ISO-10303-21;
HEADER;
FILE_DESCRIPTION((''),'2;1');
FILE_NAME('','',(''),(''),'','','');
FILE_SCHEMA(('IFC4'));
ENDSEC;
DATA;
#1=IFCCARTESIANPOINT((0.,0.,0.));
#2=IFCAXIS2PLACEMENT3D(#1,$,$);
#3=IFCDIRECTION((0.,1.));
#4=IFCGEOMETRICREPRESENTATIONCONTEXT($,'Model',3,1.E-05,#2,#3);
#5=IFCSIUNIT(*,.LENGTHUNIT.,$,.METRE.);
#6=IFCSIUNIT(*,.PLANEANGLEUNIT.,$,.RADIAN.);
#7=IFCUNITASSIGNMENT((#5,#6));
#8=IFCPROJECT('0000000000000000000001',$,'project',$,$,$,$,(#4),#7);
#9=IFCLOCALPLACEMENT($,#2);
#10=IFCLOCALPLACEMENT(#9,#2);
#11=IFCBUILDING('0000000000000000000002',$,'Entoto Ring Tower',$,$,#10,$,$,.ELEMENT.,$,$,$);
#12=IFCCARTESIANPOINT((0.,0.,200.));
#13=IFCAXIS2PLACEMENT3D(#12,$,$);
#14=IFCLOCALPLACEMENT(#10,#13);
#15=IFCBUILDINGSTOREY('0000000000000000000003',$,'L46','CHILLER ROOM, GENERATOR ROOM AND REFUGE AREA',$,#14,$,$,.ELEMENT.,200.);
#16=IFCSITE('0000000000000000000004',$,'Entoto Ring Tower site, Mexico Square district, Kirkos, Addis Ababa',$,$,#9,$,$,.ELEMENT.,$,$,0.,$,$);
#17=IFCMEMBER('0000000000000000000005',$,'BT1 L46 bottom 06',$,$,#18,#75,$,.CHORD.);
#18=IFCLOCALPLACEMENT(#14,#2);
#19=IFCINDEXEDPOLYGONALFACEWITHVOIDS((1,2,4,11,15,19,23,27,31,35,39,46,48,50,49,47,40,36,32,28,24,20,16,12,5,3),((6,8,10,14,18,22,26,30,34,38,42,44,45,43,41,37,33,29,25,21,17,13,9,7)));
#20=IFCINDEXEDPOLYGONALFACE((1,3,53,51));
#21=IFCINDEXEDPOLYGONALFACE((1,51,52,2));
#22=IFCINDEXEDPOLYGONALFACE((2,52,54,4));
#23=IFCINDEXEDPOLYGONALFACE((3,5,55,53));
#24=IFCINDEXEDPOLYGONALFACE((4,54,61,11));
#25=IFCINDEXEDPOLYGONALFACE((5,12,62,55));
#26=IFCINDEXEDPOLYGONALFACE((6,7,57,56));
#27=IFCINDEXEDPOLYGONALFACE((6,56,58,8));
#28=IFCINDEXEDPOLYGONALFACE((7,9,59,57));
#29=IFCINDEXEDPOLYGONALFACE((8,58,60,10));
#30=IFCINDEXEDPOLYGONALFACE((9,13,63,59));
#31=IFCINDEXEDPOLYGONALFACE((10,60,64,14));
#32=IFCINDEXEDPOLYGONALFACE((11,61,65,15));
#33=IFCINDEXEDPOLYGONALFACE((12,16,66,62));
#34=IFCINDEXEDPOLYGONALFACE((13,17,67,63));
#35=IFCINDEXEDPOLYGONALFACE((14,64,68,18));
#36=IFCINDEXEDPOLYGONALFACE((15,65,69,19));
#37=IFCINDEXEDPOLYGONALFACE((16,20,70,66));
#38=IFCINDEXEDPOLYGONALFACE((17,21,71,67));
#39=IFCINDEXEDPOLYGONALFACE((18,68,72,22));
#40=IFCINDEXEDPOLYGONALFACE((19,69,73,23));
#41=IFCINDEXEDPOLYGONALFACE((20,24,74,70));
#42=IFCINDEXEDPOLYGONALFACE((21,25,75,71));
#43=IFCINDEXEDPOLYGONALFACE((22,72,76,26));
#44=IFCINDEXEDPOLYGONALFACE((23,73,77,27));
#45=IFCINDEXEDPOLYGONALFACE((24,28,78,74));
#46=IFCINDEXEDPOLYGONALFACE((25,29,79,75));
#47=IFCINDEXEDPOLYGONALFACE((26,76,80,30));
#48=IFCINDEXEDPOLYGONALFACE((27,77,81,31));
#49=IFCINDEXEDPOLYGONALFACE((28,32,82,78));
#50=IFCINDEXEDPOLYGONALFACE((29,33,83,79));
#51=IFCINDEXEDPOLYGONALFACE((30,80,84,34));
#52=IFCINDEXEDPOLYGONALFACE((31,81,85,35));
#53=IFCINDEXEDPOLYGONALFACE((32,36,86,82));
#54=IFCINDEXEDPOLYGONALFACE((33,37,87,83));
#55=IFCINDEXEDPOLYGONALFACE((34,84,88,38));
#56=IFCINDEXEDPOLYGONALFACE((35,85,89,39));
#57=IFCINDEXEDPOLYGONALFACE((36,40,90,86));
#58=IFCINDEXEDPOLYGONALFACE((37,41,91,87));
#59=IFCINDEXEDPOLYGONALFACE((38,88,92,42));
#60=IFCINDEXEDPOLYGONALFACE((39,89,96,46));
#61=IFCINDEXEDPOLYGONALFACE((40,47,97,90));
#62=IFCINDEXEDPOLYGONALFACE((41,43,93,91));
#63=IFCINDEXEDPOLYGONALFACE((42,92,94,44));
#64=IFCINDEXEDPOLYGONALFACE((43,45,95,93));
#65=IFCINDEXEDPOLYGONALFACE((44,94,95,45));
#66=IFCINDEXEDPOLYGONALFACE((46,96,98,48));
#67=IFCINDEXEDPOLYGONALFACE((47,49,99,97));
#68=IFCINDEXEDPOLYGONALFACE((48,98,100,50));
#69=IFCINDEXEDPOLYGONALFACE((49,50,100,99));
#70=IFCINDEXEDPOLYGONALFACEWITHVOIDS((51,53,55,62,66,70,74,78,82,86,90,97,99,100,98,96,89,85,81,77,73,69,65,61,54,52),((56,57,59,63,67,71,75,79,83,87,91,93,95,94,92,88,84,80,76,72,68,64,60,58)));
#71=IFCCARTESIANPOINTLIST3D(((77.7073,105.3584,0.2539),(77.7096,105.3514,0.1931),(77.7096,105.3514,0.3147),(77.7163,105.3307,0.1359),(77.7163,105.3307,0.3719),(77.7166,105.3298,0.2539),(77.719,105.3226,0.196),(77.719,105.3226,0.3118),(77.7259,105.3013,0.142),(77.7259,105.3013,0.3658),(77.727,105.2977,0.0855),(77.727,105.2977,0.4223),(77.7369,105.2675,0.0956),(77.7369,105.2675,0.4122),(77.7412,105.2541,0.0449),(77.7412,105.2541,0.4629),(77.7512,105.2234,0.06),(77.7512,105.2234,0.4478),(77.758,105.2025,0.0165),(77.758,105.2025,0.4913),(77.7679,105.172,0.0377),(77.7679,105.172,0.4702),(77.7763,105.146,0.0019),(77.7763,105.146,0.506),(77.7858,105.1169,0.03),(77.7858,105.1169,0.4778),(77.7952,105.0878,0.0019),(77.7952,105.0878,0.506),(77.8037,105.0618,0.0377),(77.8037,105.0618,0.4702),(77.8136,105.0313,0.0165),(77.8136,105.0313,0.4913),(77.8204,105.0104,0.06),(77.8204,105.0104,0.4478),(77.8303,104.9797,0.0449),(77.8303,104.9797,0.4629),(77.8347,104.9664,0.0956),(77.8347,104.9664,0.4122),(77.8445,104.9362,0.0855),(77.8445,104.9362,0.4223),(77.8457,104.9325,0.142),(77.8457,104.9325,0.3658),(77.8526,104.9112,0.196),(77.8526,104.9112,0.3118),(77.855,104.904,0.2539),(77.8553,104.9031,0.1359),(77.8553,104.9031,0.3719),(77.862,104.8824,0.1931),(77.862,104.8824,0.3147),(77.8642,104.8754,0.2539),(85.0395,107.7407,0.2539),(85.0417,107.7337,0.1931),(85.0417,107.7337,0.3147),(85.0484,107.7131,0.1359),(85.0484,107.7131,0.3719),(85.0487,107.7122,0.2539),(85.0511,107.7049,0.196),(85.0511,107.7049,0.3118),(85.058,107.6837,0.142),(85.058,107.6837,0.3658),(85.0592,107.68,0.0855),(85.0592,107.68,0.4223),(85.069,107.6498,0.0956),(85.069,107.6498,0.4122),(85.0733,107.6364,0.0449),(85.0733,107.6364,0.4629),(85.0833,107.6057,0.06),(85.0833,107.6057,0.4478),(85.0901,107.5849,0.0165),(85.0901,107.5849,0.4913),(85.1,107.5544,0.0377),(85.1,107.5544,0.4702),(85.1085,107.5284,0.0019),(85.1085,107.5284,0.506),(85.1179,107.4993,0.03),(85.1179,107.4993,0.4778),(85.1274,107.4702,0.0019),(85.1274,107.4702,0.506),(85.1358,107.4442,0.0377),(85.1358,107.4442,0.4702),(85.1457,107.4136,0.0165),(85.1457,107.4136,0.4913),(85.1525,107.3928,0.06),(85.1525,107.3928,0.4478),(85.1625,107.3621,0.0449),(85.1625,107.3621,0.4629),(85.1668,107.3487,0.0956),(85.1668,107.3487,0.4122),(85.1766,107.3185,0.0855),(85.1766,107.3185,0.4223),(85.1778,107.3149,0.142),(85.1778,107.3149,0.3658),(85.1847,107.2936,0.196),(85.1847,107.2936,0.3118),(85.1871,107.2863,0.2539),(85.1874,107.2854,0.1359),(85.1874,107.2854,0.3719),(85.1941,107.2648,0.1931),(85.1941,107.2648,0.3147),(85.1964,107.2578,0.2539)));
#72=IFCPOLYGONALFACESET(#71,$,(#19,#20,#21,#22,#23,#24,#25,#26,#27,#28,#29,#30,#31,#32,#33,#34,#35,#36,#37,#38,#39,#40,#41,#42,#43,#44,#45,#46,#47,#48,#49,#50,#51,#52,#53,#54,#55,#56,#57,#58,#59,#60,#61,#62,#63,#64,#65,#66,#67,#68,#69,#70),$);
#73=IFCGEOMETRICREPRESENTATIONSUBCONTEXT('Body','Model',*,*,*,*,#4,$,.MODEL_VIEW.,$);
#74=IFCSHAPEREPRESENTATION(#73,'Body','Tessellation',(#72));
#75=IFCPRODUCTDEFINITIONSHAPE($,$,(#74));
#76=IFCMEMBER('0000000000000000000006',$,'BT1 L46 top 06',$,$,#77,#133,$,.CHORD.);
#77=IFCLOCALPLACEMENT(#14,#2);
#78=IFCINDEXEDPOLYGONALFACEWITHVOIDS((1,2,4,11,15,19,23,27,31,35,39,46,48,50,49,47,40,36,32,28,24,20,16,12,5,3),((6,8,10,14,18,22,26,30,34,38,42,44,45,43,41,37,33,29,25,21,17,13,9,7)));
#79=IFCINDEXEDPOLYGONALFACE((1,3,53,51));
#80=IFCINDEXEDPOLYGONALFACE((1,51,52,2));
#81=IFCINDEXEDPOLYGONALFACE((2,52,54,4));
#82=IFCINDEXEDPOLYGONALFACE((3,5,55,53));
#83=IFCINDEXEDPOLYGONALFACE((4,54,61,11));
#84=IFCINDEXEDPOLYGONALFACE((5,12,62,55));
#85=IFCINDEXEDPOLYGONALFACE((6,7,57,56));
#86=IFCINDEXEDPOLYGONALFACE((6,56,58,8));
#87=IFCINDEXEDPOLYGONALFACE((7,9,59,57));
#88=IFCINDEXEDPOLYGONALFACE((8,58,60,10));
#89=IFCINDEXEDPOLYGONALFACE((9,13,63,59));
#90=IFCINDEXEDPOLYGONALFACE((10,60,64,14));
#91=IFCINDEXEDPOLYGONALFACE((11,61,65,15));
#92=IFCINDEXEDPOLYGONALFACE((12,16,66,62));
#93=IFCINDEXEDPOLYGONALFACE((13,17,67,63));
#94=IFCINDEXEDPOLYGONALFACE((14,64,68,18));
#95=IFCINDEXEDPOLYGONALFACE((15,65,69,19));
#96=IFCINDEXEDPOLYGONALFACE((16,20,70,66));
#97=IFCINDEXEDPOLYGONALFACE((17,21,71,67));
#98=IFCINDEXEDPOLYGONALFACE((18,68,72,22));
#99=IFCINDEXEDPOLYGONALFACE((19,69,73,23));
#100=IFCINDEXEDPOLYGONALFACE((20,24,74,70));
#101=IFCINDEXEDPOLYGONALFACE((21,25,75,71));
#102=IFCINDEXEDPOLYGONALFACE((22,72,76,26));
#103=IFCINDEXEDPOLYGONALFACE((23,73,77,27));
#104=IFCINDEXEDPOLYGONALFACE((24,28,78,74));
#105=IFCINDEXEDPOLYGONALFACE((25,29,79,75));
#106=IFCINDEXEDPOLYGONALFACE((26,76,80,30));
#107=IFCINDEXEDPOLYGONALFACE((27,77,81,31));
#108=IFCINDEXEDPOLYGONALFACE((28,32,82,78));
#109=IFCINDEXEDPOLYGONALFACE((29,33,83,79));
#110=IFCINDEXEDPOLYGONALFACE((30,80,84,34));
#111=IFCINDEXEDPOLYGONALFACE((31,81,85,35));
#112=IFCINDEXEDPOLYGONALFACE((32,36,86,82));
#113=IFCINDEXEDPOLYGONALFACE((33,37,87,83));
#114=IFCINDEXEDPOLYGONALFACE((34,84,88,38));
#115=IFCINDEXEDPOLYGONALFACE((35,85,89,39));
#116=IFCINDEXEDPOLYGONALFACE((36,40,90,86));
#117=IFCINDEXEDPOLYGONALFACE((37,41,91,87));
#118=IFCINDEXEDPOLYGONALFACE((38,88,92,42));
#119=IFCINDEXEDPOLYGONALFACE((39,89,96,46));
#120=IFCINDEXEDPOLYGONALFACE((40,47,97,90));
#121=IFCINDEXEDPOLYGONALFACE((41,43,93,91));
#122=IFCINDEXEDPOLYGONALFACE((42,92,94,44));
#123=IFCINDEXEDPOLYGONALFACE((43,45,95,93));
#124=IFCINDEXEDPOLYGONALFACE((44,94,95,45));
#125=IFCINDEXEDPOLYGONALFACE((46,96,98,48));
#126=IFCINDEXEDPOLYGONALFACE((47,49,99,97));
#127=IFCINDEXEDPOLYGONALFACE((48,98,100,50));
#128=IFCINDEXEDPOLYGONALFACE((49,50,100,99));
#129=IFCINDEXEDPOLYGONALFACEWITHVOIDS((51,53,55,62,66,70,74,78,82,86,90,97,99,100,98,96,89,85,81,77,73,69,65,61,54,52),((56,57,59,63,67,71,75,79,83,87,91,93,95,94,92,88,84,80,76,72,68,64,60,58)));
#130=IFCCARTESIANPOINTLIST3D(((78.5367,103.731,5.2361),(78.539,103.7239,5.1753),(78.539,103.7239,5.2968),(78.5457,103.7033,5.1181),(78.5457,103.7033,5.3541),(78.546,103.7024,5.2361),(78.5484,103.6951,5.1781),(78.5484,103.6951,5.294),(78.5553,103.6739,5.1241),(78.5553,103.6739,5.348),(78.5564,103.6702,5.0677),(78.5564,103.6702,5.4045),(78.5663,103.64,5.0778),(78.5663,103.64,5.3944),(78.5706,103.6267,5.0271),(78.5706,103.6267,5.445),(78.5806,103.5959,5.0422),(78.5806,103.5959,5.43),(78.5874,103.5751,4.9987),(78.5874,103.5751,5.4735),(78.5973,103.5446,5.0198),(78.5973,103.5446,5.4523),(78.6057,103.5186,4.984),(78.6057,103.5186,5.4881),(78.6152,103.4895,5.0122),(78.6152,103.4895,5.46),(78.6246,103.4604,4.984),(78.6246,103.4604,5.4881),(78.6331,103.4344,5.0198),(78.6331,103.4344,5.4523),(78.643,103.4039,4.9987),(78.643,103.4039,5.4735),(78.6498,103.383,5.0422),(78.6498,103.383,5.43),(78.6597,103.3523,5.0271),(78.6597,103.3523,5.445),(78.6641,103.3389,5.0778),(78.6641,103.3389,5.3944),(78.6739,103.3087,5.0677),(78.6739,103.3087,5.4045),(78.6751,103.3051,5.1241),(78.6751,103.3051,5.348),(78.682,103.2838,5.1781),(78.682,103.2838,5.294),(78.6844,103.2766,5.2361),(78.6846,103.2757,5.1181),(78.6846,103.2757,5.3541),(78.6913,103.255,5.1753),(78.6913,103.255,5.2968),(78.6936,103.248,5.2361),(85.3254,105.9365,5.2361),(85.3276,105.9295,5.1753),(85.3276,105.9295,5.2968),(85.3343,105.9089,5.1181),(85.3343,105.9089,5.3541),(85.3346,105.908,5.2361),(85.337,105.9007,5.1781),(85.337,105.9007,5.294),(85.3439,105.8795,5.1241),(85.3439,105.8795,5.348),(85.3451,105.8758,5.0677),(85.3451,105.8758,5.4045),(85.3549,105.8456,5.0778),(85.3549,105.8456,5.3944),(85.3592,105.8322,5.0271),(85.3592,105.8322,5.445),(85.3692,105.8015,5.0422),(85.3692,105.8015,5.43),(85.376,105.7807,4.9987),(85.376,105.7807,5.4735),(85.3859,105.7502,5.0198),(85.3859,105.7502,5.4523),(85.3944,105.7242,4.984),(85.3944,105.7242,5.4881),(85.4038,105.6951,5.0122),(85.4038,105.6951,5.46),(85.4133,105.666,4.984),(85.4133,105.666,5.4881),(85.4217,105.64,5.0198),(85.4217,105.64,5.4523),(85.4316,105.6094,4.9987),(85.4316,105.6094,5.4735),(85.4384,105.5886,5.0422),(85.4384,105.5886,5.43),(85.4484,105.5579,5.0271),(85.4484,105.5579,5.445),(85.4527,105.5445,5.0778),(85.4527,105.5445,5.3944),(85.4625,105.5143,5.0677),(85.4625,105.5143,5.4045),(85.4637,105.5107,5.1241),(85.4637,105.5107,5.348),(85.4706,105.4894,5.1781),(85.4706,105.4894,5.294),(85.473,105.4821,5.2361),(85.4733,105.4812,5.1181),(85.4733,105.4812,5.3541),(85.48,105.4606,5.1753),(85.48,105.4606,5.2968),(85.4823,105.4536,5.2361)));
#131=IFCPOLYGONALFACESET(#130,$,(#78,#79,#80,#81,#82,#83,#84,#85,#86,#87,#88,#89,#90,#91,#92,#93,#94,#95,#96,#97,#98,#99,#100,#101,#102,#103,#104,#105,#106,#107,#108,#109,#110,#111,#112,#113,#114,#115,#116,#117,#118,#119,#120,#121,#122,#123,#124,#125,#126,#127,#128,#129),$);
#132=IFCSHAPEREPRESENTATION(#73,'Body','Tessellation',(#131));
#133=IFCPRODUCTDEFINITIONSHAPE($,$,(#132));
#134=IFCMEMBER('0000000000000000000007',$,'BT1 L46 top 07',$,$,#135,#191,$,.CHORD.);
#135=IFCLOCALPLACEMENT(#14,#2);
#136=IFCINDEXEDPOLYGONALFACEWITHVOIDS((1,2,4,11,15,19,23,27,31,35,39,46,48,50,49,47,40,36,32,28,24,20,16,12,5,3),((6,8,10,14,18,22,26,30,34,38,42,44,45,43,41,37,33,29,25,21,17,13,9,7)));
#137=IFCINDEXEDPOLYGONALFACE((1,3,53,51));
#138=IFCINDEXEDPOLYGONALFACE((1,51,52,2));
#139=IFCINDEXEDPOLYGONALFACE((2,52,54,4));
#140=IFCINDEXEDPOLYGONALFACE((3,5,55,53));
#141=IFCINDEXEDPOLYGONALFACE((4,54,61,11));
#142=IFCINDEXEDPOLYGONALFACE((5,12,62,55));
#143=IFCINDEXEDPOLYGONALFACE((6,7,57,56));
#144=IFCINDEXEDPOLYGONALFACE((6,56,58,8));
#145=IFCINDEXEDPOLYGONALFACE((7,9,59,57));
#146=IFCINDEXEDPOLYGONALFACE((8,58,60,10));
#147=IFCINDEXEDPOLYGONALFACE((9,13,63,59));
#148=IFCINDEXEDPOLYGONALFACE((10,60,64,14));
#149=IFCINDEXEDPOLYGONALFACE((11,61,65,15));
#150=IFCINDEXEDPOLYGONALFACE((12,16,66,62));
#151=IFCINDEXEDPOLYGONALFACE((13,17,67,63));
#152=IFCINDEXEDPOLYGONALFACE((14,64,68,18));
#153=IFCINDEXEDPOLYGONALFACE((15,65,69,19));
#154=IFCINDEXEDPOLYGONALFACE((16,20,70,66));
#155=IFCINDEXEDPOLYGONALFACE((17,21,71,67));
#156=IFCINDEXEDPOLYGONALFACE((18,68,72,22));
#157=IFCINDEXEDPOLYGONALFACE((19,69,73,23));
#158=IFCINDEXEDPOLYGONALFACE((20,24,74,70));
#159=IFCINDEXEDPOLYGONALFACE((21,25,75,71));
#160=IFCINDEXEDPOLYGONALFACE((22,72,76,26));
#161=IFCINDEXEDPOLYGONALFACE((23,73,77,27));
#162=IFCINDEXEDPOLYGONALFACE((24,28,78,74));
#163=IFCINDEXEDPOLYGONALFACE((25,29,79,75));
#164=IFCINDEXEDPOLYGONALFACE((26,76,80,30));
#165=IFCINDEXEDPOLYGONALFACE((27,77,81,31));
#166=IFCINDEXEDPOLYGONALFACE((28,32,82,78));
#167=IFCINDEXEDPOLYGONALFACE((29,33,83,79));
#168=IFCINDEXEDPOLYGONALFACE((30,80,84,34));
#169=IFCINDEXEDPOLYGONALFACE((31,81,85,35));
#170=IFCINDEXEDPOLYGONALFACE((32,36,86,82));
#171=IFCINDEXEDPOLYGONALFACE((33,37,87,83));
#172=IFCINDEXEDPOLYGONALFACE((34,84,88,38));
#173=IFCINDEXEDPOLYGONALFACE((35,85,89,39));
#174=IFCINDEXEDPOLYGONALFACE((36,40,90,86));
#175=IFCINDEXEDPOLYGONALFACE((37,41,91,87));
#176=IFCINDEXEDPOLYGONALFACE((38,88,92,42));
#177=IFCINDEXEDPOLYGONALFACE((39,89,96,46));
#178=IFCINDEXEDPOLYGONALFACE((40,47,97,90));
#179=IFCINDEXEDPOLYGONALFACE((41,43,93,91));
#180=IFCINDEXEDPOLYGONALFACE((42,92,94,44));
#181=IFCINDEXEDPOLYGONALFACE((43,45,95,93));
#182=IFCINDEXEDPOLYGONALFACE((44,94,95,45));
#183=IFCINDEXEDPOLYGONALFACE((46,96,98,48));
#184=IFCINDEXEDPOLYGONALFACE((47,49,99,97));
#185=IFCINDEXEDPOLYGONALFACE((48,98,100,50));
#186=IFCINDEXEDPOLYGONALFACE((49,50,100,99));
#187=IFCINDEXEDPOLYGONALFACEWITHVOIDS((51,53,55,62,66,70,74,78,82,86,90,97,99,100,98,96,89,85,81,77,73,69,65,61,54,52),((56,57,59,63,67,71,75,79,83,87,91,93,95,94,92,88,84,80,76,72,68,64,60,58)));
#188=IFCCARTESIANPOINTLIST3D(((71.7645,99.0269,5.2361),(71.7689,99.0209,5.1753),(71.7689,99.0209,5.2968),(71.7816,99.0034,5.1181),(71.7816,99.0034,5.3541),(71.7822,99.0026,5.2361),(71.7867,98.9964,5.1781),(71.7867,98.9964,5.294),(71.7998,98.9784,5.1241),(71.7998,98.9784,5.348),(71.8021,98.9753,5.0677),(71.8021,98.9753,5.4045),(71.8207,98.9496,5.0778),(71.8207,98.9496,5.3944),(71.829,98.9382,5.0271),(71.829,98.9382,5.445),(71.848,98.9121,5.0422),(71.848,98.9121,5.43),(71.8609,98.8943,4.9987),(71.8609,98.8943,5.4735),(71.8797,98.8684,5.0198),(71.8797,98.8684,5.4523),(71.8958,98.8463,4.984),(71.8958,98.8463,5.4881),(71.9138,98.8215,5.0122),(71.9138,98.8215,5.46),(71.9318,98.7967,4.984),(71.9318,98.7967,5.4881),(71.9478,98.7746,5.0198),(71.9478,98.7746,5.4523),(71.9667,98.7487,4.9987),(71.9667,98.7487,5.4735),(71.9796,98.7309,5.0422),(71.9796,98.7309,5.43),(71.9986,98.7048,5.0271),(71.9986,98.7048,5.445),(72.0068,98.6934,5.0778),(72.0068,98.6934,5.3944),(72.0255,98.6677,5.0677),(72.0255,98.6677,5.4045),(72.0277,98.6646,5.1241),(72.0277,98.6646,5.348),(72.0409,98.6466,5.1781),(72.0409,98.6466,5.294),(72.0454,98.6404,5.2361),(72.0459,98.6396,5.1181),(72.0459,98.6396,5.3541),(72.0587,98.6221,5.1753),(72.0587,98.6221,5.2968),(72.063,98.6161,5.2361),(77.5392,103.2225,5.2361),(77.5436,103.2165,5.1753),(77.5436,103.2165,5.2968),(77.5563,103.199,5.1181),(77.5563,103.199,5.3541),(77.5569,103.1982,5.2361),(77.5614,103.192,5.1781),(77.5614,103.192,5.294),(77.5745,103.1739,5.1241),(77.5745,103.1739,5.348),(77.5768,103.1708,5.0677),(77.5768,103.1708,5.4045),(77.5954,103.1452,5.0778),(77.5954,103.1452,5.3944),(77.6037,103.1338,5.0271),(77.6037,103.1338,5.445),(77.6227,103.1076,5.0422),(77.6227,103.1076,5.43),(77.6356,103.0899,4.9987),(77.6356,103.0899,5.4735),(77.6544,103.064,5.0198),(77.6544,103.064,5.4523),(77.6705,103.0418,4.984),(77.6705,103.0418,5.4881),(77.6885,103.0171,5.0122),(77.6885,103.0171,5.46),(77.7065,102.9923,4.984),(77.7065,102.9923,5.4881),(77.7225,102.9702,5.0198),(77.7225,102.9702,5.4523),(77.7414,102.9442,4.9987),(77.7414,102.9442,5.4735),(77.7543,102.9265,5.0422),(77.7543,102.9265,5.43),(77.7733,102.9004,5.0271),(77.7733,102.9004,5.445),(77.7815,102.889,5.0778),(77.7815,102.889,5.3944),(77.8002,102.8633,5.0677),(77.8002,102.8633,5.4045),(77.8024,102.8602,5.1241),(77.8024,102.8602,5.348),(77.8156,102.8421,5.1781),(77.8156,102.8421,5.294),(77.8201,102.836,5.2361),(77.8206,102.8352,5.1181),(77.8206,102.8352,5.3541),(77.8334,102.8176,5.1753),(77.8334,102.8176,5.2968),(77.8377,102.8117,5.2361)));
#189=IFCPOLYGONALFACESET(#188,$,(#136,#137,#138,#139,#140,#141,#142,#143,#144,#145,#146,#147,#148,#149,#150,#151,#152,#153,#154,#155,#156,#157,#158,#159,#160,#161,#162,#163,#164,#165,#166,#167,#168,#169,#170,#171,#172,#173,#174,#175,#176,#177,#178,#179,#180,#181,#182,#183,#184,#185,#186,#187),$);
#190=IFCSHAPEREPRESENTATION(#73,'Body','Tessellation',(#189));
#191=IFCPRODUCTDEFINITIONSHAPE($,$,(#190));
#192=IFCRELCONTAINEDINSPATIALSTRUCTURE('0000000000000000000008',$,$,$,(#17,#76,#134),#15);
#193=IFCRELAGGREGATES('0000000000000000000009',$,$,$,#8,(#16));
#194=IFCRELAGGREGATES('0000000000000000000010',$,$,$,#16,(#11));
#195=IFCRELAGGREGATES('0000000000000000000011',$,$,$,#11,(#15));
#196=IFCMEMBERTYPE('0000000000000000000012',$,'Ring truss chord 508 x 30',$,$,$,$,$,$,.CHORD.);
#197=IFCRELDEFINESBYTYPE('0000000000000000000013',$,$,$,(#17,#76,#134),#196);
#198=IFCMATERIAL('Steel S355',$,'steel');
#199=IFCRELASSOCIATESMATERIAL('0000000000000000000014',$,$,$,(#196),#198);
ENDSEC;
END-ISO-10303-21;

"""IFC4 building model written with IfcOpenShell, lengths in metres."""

from ifc_helpers import new_model, si_unit, direction, frame, origin, origin_2d, place, context, subcontext, project, spatial, circle, hollow_circle, extrude, material, material_profile, profile_set, type_object, element, save


model = new_model("IFC4")

# Units and contexts
model_context = context("Model", 3, precision=1e-05, world=origin(), true_north=direction((0.0, 1.0)))
body_context = subcontext(model_context, "Body", "Model", "MODEL_VIEW")
ifc_project = project(units=[si_unit("LENGTHUNIT", "METRE"), si_unit("PLANEANGLEUNIT", "RADIAN")], contexts=[model_context])

# Site, building, storey
site_placement = place(None, origin())
site = spatial("IfcSite", under=ifc_project, at=site_placement, Name="Entoto Ring Tower site, Mexico Square district, Kirkos, Addis Ababa", CompositionType="ELEMENT", RefElevation=0.0)
building_placement = place(site_placement, origin())
building = spatial("IfcBuilding", under=site, at=building_placement, Name="Entoto Ring Tower", CompositionType="ELEMENT")
storey_placement = place(building_placement, frame((0.0, 0.0, 200.0)))
storey = spatial("IfcBuildingStorey", under=building, at=storey_placement, Name="L46", Description="CHILLER ROOM, GENERATOR ROOM AND REFUGE AREA", CompositionType="ELEMENT", Elevation=200.0)

# Members
ifc_material_1 = material(Name="Steel S355", Category="steel")
ifc_material_profile_1 = material_profile(ifc_material_1, hollow_circle(Radius=0.2539, WallThickness=0.03, at=origin_2d()), Name="CHS 508 x 30")
ifc_material_2 = material(Name="Concrete C60/75", Category="concrete")
ifc_material_profile_2 = material_profile(ifc_material_2, circle(Radius=0.2241, at=origin_2d()), Name="Concrete C60/75 infill")
ifc_profile_set_1 = profile_set([ifc_material_profile_1, ifc_material_profile_2], Name="Steel S355")
member_type_1 = type_object("IfcMemberType", Name="Ring truss chord 508 x 30", PredefinedType="CHORD", material=ifc_profile_set_1)
member_1_placement = place(storey_placement, frame((85.1179, 107.4993, 0.2539), z_axis=(-0.951056, -0.309017, 0.0), x_axis=(0.309017, -0.951056, 0.0)))
element("IfcMember", 1, at=member_1_placement, inside=storey, type_object=member_type_1, Name="BT1 L46 bottom 06", PredefinedType="CHORD", context=body_context, shape_type="SweptSolid", body=[
    extrude(hollow_circle(Radius=0.2539, WallThickness=0.03, at=origin_2d()), origin(), (0.0, 0.0, 1.0), 7.7095),
])
for number, where, z_axis, x_axis, name in (
    (2, (85.4038, 105.6951, 5.2361), (-0.951064, -0.308995, 0.0), (0.308995, -0.951064, 0.0), "BT1 L46 top 06"),
    (3, (77.6885, 103.0171, 5.2361), (-0.809016, -0.587787, 0.0), (0.587787, -0.809016, 0.0), "BT1 L46 top 07"),
):
    element("IfcMember", number, at=place(storey_placement, frame(where, z_axis=z_axis, x_axis=x_axis)), inside=storey, type_object=member_type_1, Name=name, PredefinedType="CHORD", context=body_context, shape_type="SweptSolid", body=[
        extrude(hollow_circle(Radius=0.2539, WallThickness=0.03, at=origin_2d()), origin(), (0.0, 0.0, 1.0), 7.1379),
    ])

save(model, "model.ifc")
